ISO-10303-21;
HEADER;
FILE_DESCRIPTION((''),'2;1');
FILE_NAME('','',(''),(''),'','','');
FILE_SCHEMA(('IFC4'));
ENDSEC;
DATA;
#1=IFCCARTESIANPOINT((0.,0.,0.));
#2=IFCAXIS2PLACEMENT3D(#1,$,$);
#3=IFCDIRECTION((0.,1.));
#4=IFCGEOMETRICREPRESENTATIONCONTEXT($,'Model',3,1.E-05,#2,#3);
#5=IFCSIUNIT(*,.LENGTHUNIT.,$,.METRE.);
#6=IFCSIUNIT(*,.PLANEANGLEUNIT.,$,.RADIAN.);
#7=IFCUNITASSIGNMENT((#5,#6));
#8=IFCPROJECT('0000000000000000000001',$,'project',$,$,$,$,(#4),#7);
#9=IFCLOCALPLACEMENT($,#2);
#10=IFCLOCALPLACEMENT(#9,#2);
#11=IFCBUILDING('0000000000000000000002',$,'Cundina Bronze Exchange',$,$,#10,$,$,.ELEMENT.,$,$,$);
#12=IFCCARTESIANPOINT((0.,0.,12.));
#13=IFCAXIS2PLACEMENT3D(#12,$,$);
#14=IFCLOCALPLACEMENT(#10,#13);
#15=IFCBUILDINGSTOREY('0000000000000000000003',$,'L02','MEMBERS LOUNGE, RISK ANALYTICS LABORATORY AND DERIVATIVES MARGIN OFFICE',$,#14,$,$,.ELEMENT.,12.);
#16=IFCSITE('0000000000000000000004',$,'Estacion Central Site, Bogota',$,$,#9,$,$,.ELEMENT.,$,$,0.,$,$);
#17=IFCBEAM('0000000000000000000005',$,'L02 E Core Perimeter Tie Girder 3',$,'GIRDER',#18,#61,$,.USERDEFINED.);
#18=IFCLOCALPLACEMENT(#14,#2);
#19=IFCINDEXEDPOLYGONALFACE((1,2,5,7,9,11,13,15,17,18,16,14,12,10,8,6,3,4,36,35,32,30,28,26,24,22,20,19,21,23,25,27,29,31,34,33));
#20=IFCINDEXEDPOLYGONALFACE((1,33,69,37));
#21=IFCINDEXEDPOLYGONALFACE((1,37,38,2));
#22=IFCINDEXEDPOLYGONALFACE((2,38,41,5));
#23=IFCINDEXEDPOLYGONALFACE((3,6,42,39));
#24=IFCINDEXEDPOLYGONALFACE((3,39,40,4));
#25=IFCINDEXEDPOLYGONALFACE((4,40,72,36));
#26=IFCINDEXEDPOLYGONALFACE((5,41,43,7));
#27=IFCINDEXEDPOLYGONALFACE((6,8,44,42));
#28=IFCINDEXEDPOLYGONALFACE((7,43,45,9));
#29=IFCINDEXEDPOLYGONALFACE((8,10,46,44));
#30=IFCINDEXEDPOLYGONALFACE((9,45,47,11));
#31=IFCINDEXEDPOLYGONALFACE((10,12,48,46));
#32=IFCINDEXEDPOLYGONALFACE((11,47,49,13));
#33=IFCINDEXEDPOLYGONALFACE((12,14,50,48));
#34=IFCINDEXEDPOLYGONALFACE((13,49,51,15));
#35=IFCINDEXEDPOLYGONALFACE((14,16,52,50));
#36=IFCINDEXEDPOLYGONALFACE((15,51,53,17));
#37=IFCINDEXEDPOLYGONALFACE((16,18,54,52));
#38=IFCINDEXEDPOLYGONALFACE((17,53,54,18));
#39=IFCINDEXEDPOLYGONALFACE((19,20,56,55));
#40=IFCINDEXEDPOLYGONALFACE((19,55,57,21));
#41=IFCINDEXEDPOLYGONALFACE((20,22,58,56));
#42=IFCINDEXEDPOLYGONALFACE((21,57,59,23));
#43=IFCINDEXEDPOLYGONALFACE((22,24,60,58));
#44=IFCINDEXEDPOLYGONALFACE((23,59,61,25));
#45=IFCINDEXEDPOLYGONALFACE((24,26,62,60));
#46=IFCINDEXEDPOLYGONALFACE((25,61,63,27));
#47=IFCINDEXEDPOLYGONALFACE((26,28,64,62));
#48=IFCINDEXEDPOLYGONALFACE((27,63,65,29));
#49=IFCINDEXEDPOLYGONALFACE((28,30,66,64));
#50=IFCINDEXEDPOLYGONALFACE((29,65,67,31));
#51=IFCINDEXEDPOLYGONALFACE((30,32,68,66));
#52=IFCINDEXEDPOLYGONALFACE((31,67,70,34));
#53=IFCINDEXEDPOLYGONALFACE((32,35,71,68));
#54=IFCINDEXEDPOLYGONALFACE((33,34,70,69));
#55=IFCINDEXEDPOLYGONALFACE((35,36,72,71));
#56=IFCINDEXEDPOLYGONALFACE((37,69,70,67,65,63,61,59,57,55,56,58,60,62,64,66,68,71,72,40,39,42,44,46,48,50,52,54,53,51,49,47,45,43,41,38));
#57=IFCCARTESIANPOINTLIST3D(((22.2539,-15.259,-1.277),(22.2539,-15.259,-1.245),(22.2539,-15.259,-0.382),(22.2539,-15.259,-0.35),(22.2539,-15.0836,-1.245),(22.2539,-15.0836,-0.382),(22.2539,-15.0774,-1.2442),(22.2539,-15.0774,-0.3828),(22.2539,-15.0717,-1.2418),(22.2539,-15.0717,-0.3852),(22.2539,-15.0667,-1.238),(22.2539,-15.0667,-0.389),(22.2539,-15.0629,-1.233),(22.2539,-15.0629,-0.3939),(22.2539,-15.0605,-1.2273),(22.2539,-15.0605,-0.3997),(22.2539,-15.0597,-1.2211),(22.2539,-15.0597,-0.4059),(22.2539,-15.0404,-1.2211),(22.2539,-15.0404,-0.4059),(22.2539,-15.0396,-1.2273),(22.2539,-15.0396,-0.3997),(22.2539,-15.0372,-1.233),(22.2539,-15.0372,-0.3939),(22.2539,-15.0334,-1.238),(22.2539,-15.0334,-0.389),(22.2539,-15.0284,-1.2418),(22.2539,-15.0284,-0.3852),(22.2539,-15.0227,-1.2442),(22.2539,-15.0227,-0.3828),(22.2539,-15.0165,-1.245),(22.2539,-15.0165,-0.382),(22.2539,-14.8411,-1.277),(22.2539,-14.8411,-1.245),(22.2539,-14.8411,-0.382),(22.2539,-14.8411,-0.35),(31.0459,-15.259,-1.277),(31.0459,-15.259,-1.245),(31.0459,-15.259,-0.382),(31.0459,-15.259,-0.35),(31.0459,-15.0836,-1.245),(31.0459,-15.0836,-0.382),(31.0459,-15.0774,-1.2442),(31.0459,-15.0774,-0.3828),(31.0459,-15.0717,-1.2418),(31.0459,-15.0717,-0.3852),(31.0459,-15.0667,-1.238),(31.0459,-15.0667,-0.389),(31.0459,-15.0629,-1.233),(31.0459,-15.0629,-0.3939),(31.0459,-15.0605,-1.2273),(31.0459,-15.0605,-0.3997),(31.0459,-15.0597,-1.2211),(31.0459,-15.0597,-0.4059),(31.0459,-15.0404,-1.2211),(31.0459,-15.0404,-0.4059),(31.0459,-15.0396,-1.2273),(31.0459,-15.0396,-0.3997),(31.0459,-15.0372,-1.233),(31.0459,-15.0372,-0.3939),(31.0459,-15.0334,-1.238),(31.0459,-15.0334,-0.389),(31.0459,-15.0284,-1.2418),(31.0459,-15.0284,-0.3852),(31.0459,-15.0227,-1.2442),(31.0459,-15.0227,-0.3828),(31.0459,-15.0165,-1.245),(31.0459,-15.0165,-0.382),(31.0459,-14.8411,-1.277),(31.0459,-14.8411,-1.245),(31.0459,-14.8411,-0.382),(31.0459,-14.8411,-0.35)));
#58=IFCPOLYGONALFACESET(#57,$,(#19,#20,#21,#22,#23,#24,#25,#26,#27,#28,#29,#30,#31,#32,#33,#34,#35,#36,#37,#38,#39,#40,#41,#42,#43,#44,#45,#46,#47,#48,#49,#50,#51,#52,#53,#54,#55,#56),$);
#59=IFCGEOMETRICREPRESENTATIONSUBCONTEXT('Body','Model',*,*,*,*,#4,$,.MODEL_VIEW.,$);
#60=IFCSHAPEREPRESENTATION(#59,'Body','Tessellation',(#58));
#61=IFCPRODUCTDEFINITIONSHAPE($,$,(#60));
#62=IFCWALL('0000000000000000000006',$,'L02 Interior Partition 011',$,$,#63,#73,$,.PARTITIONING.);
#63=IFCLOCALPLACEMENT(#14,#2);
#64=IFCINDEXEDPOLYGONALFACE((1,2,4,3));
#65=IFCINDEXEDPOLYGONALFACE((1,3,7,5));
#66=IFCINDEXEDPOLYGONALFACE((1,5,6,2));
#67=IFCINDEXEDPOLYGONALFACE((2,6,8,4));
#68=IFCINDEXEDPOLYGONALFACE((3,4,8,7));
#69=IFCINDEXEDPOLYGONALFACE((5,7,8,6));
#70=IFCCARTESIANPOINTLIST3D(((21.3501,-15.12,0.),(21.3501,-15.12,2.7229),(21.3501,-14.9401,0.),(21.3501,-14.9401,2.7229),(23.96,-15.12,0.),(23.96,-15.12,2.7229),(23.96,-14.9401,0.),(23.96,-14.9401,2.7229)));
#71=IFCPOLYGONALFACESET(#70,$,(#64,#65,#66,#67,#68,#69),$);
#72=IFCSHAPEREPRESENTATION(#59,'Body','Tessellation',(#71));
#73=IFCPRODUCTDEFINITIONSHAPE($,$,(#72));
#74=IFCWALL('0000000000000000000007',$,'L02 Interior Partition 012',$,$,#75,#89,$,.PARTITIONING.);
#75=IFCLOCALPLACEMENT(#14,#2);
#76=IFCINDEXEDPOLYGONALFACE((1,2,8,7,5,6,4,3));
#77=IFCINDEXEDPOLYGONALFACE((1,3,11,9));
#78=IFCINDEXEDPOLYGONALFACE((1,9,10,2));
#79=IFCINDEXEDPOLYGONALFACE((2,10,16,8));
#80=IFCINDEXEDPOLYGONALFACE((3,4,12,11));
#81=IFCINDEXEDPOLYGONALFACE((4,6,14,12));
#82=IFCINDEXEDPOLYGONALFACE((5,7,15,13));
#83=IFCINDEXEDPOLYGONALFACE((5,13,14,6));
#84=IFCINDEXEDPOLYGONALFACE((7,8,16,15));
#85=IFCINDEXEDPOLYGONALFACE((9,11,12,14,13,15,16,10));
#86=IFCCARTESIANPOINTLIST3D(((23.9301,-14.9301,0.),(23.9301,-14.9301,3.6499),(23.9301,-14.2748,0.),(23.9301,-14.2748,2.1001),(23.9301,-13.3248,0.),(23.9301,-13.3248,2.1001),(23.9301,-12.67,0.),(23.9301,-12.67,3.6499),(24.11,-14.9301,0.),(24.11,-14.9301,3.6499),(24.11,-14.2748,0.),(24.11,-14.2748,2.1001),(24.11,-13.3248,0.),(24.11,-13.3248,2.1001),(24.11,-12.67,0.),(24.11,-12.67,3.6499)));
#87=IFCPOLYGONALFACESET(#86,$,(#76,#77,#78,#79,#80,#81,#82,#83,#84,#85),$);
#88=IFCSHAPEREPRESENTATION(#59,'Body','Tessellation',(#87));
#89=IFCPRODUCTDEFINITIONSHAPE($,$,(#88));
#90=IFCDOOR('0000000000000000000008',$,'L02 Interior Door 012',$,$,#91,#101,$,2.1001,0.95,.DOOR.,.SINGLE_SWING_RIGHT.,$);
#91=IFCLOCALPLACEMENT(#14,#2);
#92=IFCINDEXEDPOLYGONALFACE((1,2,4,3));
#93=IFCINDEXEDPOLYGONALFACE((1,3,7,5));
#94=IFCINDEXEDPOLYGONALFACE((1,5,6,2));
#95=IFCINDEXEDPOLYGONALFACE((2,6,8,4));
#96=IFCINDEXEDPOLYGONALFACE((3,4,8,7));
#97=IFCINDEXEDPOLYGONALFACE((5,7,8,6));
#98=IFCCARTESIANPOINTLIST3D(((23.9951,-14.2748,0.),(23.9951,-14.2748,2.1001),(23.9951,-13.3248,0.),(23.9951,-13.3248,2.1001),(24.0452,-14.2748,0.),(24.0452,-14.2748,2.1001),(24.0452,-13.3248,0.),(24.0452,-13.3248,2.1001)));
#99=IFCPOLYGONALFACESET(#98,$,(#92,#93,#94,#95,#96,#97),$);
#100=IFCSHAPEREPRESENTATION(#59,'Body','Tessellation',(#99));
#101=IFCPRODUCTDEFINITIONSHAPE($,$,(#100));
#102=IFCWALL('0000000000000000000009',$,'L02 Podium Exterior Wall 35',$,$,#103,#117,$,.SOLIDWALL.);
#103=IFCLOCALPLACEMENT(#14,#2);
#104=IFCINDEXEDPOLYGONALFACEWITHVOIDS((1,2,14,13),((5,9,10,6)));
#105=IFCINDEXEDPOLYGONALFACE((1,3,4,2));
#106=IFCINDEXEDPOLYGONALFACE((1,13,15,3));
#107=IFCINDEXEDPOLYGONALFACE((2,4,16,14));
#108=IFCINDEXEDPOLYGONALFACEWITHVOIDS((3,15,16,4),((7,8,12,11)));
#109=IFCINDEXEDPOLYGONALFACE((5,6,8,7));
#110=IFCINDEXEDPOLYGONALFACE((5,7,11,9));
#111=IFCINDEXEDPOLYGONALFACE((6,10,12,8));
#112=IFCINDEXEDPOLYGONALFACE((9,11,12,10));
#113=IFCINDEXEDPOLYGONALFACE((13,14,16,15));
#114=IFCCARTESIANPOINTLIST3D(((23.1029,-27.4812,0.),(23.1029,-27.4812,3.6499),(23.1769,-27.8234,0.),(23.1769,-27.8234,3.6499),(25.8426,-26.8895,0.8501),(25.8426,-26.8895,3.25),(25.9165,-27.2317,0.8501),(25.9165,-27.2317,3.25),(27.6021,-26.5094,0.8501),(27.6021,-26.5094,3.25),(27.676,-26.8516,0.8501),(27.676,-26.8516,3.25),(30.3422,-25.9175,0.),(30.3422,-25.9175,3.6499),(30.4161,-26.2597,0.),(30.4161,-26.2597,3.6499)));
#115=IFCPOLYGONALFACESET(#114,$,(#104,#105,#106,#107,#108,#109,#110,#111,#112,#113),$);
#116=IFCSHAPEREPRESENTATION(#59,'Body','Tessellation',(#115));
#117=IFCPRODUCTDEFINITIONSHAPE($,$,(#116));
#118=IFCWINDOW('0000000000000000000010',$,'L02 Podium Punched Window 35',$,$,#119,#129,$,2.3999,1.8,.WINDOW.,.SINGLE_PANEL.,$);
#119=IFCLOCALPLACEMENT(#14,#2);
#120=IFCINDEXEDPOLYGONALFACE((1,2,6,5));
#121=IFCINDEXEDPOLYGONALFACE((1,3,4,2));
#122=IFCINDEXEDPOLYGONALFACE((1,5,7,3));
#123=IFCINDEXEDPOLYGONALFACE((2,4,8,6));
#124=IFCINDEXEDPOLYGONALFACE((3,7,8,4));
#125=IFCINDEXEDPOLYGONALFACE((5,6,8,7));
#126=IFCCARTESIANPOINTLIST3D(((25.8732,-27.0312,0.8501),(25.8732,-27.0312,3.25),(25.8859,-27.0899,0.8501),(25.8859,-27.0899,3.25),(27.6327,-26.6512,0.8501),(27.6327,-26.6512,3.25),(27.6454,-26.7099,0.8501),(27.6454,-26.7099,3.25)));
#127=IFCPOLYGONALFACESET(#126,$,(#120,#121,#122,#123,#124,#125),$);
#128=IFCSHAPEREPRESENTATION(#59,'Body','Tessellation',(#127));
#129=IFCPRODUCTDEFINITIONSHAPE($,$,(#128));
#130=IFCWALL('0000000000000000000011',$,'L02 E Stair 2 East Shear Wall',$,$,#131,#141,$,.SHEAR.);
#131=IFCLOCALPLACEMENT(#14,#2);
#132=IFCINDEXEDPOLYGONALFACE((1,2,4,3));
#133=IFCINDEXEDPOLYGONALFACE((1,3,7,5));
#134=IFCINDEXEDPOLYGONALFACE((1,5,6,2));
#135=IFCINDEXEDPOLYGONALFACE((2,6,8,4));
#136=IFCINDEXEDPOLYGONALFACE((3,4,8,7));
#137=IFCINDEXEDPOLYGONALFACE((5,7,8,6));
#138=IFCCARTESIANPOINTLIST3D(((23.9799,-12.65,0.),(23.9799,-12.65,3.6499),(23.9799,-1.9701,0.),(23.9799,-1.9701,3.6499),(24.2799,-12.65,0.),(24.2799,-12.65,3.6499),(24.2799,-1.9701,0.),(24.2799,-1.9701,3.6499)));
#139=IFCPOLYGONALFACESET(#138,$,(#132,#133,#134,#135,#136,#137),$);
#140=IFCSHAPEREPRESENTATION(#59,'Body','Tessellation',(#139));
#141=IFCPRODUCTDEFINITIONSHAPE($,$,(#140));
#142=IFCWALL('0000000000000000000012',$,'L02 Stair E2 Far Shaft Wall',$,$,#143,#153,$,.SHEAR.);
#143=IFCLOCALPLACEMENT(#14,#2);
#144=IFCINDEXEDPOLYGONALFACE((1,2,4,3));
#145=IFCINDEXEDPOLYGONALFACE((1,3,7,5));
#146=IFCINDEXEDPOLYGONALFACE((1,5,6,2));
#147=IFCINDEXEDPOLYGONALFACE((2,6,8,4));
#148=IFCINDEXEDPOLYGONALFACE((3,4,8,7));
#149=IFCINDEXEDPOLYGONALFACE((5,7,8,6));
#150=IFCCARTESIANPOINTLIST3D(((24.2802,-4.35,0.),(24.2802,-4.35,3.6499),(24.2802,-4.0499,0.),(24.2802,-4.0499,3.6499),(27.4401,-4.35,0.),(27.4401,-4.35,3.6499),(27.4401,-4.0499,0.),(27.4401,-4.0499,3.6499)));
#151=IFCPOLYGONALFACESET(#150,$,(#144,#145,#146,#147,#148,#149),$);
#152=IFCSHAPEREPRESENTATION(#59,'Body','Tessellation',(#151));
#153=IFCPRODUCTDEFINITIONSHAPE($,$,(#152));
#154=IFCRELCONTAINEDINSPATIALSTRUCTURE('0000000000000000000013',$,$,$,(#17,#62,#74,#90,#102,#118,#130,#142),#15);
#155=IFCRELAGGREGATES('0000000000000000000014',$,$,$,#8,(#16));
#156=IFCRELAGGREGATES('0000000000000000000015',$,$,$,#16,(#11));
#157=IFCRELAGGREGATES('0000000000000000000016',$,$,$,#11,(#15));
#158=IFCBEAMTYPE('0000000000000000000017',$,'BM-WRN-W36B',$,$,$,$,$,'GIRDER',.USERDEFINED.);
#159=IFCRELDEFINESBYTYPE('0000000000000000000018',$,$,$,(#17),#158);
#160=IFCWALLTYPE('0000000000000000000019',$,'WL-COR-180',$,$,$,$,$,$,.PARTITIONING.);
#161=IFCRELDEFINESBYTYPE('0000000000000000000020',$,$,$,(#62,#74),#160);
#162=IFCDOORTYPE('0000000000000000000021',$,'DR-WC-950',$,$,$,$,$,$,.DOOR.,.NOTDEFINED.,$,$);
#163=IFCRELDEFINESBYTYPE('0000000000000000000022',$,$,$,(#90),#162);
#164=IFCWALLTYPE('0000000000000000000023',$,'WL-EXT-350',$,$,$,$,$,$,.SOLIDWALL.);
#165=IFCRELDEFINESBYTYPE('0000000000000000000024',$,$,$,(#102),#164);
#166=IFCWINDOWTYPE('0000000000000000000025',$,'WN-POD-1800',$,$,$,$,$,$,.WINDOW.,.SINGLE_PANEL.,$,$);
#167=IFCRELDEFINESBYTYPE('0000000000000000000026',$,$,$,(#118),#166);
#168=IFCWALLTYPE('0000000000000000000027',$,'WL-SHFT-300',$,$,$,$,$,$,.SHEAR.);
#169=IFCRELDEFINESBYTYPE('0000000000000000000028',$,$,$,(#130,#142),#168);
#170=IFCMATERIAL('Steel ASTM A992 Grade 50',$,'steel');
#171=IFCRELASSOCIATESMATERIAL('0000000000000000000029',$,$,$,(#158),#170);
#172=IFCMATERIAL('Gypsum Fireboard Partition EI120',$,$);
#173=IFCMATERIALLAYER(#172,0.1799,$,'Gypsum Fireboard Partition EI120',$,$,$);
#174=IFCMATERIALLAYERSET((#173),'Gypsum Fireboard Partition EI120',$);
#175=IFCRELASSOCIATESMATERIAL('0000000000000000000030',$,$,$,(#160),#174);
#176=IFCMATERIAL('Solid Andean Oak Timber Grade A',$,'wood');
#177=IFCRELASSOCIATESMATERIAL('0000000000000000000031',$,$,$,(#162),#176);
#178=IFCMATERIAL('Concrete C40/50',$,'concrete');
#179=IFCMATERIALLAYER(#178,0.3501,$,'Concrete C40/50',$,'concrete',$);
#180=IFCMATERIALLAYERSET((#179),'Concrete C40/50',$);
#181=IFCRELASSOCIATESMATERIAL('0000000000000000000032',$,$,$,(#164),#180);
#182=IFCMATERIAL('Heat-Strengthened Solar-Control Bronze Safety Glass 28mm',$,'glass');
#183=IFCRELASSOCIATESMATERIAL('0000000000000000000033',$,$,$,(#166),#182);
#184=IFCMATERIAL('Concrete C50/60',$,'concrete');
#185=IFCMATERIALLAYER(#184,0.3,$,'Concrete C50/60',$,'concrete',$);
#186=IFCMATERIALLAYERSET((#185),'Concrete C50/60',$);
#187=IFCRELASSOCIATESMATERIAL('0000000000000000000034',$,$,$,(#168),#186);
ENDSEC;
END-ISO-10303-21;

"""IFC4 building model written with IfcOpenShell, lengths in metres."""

from ifc_helpers import new_model, si_unit, direction, frame, frame_2d, origin, origin_2d, place, context, subcontext, project, spatial, rectangle, i_section, extrude, material, layer, layer_set, material_profile, profile_set, type_object, element, fill, save


model = new_model("IFC4")

# Units and contexts
model_context = context("Model", 3, precision=1e-05, world=origin(), true_north=direction((0.0, 1.0)))
body_context = subcontext(model_context, "Body", "Model", "MODEL_VIEW")
ifc_project = project(units=[si_unit("LENGTHUNIT", "METRE"), si_unit("PLANEANGLEUNIT", "RADIAN")], contexts=[model_context])

# Site, building, storey
site_placement = place(None, origin())
site = spatial("IfcSite", under=ifc_project, at=site_placement, Name="Estacion Central Site, Bogota", CompositionType="ELEMENT", RefElevation=0.0)
building_placement = place(site_placement, origin())
building = spatial("IfcBuilding", under=site, at=building_placement, Name="Cundina Bronze Exchange", CompositionType="ELEMENT")
storey_placement = place(building_placement, frame((0.0, 0.0, 12.0)))
storey = spatial("IfcBuildingStorey", under=building, at=storey_placement, Name="L02", Description="MEMBERS LOUNGE, RISK ANALYTICS LABORATORY AND DERIVATIVES MARGIN OFFICE", CompositionType="ELEMENT", Elevation=12.0)

# Shared definitions
ifc_material_1 = material(Name="Steel ASTM A992 Grade 50", Category="steel")

# Beam
ifc_material_profile_1 = material_profile(ifc_material_1, i_section(OverallWidth=0.418, OverallDepth=0.927, WebThickness=0.0193, FlangeThickness=0.032, FilletRadius=0.0239, at=origin_2d()), Name="W36X231", Category="steel")
ifc_profile_set_1 = profile_set([ifc_material_profile_1], Name="Steel ASTM A992 Grade 50")
beam_type_1 = type_object("IfcBeamType", Name="BM-WRN-W36B", ElementType="GIRDER", PredefinedType="USERDEFINED", material=ifc_profile_set_1)
beam_1_placement = place(storey_placement, frame((22.2539, -15.05, -0.8135), z_axis=(1.0, 0.0, 0.0), x_axis=(0.0, 1.0, 0.0)))
element("IfcBeam", 1, at=beam_1_placement, inside=storey, type_object=beam_type_1, Name="L02 E Core Perimeter Tie Girder 3", ObjectType="GIRDER", PredefinedType="USERDEFINED", context=body_context, shape_type="SweptSolid", body=[
    extrude(i_section(OverallWidth=0.418, OverallDepth=0.927, WebThickness=0.0193, FlangeThickness=0.032, FilletRadius=0.0239, at=origin_2d()), origin(), (0.0, 0.0, 1.0), 8.792),
])

# Wall
ifc_material_2 = material(Name="Gypsum Fireboard Partition EI120")
ifc_layer_1 = layer(ifc_material_2, 0.1799, Name="Gypsum Fireboard Partition EI120")
ifc_layer_set_1 = layer_set([ifc_layer_1], Name="Gypsum Fireboard Partition EI120")
wall_type_1 = type_object("IfcWallType", Name="WL-COR-180", PredefinedType="PARTITIONING", material=ifc_layer_set_1)
wall_1_placement = place(storey_placement, frame((21.3501, -15.03, 0.0), z_axis=(0.0, 0.0, 1.0), x_axis=(1.0, 0.0, 0.0)))
element("IfcWall", 2, at=wall_1_placement, inside=storey, type_object=wall_type_1, Name="L02 Interior Partition 011", PredefinedType="PARTITIONING", context=body_context, shape_type="SweptSolid", body=[
    extrude(rectangle(XDim=2.6099, YDim=0.1799, at=frame_2d((1.3049, 0.0))), origin(), (0.0, 0.0, 1.0), 2.7229),
])

# Wall, opening, door
wall_2_placement = place(storey_placement, frame((24.02, -14.9299, 0.0), z_axis=(0.0, 0.0, 1.0), x_axis=(0.0, 1.0, 0.0)))
wall_2 = element("IfcWall", 3, at=wall_2_placement, inside=storey, type_object=wall_type_1, Name="L02 Interior Partition 012", PredefinedType="PARTITIONING", context=body_context, shape_type="SweptSolid", body=[
    extrude(rectangle(XDim=2.26, YDim=0.1799, at=frame_2d((1.1299, 0.0))), origin(), (0.0, 0.0, 1.0), 3.6499),
])
opening_1_placement = place(wall_2_placement, frame((0.655, 0.0, 0.0)))
opening_1 = element("IfcOpeningElement", 4, at=opening_1_placement, cuts=wall_2, PredefinedType="OPENING", context=body_context, shape_type="SweptSolid", body=[
    extrude(rectangle(XDim=0.95, YDim=2.1001, at=frame_2d((0.4751, 1.05))), frame((0.0, 0.0999, 0.0), z_axis=(0.0, -1.0, 0.0), x_axis=(1.0, 0.0, 0.0)), (0.0, 0.0, 1.0), 0.2),
])
ifc_material_3 = material(Name="Solid Andean Oak Timber Grade A", Category="wood")
door_type_1 = type_object("IfcDoorType", Name="DR-WC-950", OperationType="NOTDEFINED", PredefinedType="DOOR", material=ifc_material_3)
door_1_placement = place(opening_1_placement, origin())
door_1 = element("IfcDoor", 5, at=door_1_placement, inside=storey, type_object=door_type_1, Name="L02 Interior Door 012", OperationType="SINGLE_SWING_RIGHT", OverallHeight=2.1001, OverallWidth=0.95, PredefinedType="DOOR", context=body_context, shape_type="SweptSolid", body=[
    extrude(rectangle(XDim=0.95, YDim=2.1001, at=frame_2d((0.4751, 1.05))), frame((0.0, 0.0249, 0.0), z_axis=(0.0, -1.0, 0.0), x_axis=(1.0, 0.0, 0.0)), (0.0, 0.0, 1.0), 0.05),
])
fill(opening_1, door_1)

# Wall, opening, window
ifc_material_4 = material(Name="Concrete C40/50", Category="concrete")
ifc_layer_2 = layer(ifc_material_4, 0.3501, Name="Concrete C40/50", Category="concrete")
ifc_layer_set_2 = layer_set([ifc_layer_2], Name="Concrete C40/50")
wall_type_2 = type_object("IfcWallType", Name="WL-EXT-350", PredefinedType="SOLIDWALL", material=ifc_layer_set_2)
wall_3_placement = place(storey_placement, frame((23.1399, -27.6523, 0.0), z_axis=(0.0, 0.0, 1.0), x_axis=(0.977457, 0.211136, 0.0)))
wall_3 = element("IfcWall", 6, at=wall_3_placement, inside=storey, type_object=wall_type_2, Name="L02 Podium Exterior Wall 35", PredefinedType="SOLIDWALL", context=body_context, shape_type="SweptSolid", body=[
    extrude(rectangle(XDim=7.4062, YDim=0.3501, at=frame_2d((3.7031, 0.0))), origin(), (0.0, 0.0, 1.0), 3.6499),
])
opening_2_placement = place(wall_3_placement, frame((2.803, 0.0, 0.8501)))
opening_2 = element("IfcOpeningElement", 7, at=opening_2_placement, cuts=wall_3, PredefinedType="OPENING", context=body_context, shape_type="SweptSolid", body=[
    extrude(rectangle(XDim=1.8, YDim=2.3999, at=frame_2d((0.8999, 1.2))), frame((0.0, 0.1851, 0.0), z_axis=(0.0, -1.0, 0.0), x_axis=(1.0, 0.0, 0.0)), (0.0, 0.0, 1.0), 0.3701),
])
ifc_material_5 = material(Name="Heat-Strengthened Solar-Control Bronze Safety Glass 28mm", Category="glass")
window_type = type_object("IfcWindowType", Name="WN-POD-1800", PartitioningType="SINGLE_PANEL", PredefinedType="WINDOW", material=ifc_material_5)
window_placement = place(opening_2_placement, origin())
window = element("IfcWindow", 8, at=window_placement, inside=storey, type_object=window_type, Name="L02 Podium Punched Window 35", OverallHeight=2.3999, OverallWidth=1.8, PartitioningType="SINGLE_PANEL", PredefinedType="WINDOW", context=body_context, shape_type="SweptSolid", body=[
    extrude(rectangle(XDim=1.8, YDim=2.3999, at=frame_2d((0.8999, 1.2))), frame((0.0, 0.03, 0.0), z_axis=(0.0, -1.0, 0.0), x_axis=(1.0, 0.0, 0.0)), (0.0, 0.0, 1.0), 0.0601),
])
fill(opening_2, window)

# Wall
ifc_material_6 = material(Name="Concrete C50/60", Category="concrete")
ifc_layer_3 = layer(ifc_material_6, 0.3, Name="Concrete C50/60", Category="concrete")
ifc_layer_set_3 = layer_set([ifc_layer_3], Name="Concrete C50/60")
wall_type_3 = type_object("IfcWallType", Name="WL-SHFT-300", PredefinedType="SHEAR", material=ifc_layer_set_3)
wall_4_placement = place(storey_placement, frame((24.1299, -12.6499, 0.0), z_axis=(0.0, 0.0, 1.0), x_axis=(0.0, 1.0, 0.0)))
element("IfcWall", 9, at=wall_4_placement, inside=storey, type_object=wall_type_3, Name="L02 E Stair 2 East Shear Wall", PredefinedType="SHEAR", context=body_context, shape_type="SweptSolid", body=[
    extrude(rectangle(XDim=10.6799, YDim=0.3, at=frame_2d((5.3398, 0.0))), origin(), (0.0, 0.0, 1.0), 3.6499),
])

# Wall
wall_5_placement = place(storey_placement, frame((24.28, -4.2, 0.0), z_axis=(0.0, 0.0, 1.0), x_axis=(1.0, 0.0, 0.0)))
element("IfcWall", 10, at=wall_5_placement, inside=storey, type_object=wall_type_3, Name="L02 Stair E2 Far Shaft Wall", PredefinedType="SHEAR", context=body_context, shape_type="SweptSolid", body=[
    extrude(rectangle(XDim=3.1599, YDim=0.3, at=frame_2d((1.5801, 0.0))), origin(), (0.0, 0.0, 1.0), 3.6499),
])

save(model, "model.ifc")
